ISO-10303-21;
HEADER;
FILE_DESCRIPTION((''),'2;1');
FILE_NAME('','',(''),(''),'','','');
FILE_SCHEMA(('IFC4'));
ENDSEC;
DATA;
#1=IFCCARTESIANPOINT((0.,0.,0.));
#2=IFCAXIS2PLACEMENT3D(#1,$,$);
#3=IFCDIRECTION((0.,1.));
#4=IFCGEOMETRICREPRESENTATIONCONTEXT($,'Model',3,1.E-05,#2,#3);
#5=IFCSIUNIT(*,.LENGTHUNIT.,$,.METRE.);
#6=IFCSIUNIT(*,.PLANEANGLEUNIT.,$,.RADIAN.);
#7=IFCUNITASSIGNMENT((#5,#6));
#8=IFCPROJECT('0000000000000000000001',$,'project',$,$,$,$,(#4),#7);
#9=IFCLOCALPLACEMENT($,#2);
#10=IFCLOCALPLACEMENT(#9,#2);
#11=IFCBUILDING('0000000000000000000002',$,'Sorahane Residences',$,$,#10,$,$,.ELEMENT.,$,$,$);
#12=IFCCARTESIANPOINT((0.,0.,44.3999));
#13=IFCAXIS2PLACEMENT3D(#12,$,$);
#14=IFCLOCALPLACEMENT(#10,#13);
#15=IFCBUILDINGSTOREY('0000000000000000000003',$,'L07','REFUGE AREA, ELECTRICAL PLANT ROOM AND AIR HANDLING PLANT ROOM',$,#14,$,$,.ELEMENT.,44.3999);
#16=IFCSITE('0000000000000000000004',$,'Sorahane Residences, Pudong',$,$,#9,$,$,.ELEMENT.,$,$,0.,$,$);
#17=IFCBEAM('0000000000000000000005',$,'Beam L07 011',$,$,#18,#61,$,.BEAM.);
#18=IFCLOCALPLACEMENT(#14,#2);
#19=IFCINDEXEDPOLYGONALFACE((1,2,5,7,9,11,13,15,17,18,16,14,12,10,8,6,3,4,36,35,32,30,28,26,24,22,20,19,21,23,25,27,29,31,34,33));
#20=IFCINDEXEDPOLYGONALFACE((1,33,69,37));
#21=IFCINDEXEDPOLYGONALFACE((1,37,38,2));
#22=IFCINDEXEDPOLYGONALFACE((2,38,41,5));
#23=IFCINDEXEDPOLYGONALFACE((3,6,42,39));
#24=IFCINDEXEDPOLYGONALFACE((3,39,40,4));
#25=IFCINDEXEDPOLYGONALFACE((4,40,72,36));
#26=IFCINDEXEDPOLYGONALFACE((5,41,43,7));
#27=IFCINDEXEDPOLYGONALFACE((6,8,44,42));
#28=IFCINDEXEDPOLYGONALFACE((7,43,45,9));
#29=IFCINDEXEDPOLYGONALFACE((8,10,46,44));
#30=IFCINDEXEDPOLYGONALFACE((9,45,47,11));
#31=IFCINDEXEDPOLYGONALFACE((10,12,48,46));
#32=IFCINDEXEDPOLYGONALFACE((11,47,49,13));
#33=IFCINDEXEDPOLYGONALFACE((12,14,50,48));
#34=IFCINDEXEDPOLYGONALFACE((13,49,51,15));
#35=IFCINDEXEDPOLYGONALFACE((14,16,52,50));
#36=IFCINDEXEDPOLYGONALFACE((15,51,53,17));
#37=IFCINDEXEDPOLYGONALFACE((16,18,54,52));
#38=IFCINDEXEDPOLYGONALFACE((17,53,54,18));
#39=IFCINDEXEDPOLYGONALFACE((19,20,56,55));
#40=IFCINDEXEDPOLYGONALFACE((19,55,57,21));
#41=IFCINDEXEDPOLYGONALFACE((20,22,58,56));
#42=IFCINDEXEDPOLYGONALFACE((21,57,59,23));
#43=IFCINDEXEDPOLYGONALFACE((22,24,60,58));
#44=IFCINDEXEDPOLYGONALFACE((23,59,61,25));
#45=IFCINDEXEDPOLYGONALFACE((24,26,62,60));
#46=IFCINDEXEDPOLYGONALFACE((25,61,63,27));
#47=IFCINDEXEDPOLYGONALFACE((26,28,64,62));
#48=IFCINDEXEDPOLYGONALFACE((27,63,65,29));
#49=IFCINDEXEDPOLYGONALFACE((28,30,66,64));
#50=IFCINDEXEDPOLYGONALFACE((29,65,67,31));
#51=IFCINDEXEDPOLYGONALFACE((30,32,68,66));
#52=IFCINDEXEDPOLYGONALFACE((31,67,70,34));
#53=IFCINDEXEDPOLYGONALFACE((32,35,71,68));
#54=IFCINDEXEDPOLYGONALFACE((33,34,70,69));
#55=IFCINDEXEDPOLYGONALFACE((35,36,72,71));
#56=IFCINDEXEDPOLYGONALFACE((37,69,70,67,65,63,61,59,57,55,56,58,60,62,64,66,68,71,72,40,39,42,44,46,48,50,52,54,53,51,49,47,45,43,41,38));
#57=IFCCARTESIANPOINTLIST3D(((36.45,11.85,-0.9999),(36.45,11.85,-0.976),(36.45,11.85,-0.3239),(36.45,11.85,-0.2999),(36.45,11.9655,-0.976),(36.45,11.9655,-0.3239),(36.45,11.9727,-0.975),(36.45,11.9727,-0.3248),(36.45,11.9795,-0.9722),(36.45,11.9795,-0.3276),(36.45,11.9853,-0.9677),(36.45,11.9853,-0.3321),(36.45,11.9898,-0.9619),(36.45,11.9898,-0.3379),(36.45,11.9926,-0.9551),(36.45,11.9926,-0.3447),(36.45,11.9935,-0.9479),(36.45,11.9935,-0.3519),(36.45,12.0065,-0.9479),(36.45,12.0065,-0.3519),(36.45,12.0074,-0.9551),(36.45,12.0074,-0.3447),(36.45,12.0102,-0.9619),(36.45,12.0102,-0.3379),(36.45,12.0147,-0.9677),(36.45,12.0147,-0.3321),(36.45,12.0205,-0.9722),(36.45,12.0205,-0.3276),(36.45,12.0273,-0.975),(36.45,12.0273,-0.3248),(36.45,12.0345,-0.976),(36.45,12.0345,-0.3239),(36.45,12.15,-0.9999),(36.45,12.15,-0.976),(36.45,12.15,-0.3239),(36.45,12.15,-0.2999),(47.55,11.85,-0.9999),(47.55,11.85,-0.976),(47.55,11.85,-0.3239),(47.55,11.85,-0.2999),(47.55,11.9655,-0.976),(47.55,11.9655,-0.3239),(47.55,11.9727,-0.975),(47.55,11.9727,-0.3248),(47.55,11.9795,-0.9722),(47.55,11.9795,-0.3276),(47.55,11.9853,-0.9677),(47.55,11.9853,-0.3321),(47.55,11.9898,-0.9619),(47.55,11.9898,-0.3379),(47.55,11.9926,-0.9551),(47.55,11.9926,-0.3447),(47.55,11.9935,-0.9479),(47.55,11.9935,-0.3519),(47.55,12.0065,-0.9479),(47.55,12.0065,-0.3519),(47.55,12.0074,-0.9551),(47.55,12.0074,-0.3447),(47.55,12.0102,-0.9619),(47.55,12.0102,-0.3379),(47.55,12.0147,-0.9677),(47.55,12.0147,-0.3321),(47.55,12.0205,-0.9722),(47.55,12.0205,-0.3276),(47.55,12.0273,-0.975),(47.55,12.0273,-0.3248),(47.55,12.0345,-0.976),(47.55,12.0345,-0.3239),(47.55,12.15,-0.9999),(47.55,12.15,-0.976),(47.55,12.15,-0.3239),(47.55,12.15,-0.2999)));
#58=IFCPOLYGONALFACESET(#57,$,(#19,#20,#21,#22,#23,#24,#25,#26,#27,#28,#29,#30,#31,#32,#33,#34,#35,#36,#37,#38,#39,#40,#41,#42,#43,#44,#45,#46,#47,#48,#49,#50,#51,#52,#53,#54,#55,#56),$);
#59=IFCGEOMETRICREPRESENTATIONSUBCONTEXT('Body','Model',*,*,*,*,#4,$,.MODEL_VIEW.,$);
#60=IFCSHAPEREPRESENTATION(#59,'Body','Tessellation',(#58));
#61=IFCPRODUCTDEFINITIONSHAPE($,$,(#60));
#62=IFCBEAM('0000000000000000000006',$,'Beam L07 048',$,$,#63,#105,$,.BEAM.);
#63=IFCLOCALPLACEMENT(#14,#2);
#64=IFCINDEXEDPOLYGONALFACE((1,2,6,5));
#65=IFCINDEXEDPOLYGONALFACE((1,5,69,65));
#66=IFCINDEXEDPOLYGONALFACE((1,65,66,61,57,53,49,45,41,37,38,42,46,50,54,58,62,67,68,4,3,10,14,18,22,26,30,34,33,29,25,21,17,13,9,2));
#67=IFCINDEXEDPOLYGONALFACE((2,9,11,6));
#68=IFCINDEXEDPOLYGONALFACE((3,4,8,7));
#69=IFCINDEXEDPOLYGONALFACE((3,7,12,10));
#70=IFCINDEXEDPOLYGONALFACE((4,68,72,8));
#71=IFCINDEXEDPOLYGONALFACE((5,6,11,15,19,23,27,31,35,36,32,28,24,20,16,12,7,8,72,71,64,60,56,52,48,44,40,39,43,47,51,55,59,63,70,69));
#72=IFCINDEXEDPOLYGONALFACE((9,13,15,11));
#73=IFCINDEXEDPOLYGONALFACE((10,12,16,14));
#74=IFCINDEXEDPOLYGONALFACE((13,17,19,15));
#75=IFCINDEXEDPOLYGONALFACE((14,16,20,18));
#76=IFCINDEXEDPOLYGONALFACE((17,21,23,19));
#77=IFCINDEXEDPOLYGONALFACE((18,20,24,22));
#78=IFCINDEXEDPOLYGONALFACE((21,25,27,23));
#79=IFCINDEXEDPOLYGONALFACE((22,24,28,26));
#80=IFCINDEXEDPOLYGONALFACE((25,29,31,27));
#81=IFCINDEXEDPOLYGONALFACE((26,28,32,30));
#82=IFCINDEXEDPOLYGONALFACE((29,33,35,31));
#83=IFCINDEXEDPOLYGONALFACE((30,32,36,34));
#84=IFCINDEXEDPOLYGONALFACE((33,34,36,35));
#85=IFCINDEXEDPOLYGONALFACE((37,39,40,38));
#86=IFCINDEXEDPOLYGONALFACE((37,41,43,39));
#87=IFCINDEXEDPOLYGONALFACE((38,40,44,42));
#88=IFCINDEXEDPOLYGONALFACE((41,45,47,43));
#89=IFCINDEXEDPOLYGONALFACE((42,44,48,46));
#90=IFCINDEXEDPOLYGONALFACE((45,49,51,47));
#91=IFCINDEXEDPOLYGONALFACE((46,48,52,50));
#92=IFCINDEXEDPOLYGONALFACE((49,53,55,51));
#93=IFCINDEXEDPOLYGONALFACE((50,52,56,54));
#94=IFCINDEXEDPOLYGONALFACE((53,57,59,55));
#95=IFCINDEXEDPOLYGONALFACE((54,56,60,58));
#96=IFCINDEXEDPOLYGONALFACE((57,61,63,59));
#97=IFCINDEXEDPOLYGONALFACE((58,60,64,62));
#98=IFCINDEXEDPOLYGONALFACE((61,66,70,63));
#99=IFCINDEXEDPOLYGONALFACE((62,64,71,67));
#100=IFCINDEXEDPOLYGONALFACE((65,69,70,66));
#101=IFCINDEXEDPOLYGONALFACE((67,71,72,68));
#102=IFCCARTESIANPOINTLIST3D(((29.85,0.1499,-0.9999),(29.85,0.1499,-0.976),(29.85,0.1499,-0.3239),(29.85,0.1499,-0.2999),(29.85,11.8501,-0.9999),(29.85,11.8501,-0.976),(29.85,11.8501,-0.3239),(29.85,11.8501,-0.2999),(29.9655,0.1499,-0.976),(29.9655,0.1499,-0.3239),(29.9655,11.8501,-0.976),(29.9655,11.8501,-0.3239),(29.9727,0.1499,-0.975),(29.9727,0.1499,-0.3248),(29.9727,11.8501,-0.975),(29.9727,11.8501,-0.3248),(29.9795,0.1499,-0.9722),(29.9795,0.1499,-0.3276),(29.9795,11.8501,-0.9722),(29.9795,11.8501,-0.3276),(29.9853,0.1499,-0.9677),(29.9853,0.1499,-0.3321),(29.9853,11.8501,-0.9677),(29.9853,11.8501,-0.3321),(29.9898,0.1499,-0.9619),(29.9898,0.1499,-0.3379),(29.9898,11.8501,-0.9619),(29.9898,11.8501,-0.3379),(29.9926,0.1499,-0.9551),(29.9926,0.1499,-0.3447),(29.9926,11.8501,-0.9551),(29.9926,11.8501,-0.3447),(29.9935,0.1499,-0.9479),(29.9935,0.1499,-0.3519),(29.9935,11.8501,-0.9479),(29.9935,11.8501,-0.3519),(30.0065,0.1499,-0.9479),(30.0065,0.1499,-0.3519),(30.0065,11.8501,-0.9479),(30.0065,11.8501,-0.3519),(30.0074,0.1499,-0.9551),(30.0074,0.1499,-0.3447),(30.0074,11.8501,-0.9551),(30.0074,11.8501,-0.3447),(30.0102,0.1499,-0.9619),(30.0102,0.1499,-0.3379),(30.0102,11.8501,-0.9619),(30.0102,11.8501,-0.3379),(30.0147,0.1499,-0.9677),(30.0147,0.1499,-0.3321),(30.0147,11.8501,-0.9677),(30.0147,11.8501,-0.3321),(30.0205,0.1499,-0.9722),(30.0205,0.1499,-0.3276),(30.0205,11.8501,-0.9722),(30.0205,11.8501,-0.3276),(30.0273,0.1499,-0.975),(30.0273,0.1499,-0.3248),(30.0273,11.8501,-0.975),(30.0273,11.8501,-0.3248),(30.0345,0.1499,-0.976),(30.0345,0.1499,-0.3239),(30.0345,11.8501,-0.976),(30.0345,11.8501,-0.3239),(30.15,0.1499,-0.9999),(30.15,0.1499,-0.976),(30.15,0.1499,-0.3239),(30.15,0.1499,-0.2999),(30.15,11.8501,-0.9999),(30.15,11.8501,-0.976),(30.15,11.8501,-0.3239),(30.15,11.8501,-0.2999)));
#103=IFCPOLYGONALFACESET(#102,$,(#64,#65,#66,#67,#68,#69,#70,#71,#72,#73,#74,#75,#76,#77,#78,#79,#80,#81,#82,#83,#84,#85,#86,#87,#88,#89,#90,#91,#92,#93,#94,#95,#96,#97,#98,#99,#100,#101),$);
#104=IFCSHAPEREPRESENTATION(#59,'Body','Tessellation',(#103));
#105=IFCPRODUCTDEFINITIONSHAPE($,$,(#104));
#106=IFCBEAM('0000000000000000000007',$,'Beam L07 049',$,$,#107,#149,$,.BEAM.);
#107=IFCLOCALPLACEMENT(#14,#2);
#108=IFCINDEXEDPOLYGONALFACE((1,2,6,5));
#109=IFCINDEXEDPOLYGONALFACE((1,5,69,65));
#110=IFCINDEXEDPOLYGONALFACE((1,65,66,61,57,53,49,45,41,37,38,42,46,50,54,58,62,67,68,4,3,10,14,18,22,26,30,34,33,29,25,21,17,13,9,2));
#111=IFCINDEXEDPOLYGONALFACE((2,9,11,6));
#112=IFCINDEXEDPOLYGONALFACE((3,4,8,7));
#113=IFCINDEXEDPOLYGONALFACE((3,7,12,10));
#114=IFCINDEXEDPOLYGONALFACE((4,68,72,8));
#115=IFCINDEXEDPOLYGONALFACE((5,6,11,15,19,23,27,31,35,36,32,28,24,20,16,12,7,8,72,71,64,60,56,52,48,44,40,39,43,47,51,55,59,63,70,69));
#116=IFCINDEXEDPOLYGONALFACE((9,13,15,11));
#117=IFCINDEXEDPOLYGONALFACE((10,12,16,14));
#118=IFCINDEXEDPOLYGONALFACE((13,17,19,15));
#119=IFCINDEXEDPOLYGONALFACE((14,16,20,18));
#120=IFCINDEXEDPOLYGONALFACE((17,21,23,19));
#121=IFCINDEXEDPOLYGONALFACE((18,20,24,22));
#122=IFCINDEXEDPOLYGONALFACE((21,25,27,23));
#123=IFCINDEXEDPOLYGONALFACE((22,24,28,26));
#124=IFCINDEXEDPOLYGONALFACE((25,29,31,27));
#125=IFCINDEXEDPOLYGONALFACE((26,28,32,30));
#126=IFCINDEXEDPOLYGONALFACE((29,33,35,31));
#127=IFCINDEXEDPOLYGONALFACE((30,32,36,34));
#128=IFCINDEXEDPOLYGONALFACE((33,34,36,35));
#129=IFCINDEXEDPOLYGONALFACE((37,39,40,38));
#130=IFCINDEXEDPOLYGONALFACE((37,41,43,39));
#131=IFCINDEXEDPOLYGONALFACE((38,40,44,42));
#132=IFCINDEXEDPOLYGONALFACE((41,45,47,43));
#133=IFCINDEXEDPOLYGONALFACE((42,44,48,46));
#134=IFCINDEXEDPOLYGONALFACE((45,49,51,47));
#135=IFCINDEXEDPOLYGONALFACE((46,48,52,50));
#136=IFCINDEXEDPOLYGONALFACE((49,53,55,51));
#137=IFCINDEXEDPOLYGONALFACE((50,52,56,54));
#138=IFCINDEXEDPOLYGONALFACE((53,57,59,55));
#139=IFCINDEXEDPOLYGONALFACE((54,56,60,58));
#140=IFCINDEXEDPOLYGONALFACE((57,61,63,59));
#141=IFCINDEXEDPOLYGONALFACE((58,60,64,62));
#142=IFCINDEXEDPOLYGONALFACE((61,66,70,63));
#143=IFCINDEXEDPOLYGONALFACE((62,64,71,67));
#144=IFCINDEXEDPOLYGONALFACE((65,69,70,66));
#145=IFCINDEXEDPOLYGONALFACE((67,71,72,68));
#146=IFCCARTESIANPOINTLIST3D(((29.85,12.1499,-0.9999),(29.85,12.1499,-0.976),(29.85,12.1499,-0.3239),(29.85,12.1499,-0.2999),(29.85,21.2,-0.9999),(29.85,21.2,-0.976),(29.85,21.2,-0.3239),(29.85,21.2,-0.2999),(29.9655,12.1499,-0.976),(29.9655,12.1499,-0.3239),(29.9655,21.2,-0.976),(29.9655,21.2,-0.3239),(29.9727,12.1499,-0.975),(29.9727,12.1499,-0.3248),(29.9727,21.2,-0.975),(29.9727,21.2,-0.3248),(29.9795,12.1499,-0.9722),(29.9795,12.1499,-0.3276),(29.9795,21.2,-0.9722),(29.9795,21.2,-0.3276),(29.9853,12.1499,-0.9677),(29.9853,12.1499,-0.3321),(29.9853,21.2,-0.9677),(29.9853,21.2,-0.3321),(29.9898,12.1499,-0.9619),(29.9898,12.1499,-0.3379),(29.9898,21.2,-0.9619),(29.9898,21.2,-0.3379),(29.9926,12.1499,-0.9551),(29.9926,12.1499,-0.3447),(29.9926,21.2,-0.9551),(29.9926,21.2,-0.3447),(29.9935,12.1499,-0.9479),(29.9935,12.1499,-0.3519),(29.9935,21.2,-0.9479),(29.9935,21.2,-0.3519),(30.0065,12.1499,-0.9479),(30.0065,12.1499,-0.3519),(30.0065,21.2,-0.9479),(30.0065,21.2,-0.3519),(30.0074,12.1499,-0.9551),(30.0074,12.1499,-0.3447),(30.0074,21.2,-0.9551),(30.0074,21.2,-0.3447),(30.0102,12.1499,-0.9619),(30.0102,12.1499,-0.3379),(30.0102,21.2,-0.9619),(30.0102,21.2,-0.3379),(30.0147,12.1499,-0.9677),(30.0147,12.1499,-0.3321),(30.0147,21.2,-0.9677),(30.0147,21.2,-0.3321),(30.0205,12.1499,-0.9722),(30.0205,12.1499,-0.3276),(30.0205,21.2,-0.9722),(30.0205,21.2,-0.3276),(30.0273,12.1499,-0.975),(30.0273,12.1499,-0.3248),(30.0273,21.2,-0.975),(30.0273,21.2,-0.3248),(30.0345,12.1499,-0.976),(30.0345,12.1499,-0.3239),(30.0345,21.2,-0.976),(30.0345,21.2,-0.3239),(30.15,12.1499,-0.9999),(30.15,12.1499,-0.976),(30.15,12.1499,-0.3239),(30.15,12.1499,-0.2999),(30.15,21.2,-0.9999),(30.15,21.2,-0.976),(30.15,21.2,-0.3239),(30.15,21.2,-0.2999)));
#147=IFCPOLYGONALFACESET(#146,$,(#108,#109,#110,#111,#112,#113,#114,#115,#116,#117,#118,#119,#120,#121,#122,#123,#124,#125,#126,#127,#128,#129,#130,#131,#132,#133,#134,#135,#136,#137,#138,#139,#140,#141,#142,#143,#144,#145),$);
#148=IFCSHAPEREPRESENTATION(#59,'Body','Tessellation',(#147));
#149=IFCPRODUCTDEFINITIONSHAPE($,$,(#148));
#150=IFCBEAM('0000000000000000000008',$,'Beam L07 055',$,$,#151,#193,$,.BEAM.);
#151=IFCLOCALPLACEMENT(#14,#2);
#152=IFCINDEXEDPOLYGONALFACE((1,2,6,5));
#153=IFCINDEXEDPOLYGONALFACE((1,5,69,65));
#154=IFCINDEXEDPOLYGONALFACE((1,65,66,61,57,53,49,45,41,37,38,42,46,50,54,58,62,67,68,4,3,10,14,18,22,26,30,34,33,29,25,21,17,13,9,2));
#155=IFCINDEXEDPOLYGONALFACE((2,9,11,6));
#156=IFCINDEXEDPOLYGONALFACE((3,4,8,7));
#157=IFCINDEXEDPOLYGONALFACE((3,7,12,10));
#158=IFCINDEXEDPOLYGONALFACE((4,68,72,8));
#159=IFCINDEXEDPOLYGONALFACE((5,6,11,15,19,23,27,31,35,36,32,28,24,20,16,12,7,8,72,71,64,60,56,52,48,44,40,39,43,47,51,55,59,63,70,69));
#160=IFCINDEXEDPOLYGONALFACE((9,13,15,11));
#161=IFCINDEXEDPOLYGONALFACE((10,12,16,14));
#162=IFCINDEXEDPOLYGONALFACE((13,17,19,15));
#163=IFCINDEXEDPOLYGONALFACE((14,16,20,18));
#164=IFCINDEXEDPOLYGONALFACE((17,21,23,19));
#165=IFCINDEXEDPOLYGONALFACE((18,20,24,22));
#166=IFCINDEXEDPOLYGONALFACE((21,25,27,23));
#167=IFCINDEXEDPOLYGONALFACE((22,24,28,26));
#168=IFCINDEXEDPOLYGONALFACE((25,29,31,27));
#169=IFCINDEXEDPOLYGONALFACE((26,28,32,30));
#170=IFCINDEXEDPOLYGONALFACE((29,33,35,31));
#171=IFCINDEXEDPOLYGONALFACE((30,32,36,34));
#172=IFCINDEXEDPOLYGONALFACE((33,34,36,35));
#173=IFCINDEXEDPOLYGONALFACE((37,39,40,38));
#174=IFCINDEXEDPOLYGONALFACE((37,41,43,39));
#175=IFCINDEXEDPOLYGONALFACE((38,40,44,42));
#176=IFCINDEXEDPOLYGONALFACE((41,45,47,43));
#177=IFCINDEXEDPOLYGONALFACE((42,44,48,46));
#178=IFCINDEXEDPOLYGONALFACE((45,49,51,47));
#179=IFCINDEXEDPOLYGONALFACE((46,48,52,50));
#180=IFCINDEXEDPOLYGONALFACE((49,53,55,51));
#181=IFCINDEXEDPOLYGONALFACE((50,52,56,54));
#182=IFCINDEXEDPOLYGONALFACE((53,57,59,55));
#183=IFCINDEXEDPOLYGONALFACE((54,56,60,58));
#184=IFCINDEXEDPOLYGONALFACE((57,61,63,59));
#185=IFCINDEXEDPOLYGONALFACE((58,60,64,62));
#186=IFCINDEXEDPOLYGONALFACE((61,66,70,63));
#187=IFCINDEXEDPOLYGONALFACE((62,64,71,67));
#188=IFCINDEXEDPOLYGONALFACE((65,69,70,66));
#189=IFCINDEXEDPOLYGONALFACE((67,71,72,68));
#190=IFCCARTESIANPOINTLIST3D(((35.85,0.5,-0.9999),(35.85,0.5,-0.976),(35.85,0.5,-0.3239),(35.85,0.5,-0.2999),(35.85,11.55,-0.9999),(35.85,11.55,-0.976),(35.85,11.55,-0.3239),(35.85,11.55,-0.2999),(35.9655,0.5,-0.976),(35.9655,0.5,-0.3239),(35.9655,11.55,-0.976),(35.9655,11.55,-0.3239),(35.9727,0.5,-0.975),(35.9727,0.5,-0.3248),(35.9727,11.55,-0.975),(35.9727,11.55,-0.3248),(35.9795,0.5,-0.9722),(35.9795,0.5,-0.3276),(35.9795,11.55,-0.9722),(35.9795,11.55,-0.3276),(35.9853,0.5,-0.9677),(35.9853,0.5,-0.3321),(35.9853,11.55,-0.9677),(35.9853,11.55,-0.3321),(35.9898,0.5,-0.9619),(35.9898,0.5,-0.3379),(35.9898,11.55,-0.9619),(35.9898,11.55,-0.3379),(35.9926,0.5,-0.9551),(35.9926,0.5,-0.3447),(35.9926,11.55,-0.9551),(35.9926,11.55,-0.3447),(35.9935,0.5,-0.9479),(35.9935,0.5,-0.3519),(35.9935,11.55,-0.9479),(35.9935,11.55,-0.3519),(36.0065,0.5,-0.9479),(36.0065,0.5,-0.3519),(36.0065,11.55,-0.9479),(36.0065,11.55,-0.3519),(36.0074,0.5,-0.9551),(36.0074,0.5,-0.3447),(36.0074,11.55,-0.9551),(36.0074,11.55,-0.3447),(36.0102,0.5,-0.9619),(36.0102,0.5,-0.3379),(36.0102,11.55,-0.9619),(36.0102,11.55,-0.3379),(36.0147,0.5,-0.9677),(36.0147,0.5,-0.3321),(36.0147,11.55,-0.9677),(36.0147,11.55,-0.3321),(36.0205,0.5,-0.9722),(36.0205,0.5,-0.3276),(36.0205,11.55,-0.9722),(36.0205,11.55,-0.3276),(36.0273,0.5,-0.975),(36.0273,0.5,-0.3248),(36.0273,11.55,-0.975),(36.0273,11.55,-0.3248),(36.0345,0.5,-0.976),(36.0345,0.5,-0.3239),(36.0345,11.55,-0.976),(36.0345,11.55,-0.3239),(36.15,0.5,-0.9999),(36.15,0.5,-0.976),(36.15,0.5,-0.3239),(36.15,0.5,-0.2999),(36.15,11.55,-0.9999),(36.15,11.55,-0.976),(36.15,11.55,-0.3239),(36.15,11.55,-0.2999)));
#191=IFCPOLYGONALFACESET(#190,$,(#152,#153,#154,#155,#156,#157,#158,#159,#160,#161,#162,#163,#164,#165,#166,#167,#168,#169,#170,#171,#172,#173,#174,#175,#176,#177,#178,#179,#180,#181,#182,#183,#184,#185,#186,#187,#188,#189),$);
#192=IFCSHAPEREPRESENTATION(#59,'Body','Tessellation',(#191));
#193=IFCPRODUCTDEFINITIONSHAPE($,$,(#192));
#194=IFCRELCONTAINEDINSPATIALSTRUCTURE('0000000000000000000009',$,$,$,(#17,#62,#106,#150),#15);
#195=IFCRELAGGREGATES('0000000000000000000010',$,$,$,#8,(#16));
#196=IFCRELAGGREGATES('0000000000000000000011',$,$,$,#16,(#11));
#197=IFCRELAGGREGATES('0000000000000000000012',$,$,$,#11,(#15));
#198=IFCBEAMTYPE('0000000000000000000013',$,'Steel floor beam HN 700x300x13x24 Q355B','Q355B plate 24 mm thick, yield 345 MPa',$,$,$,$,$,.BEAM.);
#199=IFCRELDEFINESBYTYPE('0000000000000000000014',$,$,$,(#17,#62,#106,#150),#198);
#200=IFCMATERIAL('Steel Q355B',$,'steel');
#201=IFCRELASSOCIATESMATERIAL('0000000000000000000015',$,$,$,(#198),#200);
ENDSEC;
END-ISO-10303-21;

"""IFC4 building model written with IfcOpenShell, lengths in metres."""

from ifc_helpers import new_model, si_unit, direction, frame, origin, origin_2d, place, context, subcontext, project, spatial, i_section, extrude, material, material_profile, profile_set, type_object, element, save


model = new_model("IFC4")

# Units and contexts
model_context = context("Model", 3, precision=1e-05, world=origin(), true_north=direction((0.0, 1.0)))
body_context = subcontext(model_context, "Body", "Model", "MODEL_VIEW")
ifc_project = project(units=[si_unit("LENGTHUNIT", "METRE"), si_unit("PLANEANGLEUNIT", "RADIAN")], contexts=[model_context])

# Site, building, storey
site_placement = place(None, origin())
site = spatial("IfcSite", under=ifc_project, at=site_placement, Name="Sorahane Residences, Pudong", CompositionType="ELEMENT", RefElevation=0.0)
building_placement = place(site_placement, origin())
building = spatial("IfcBuilding", under=site, at=building_placement, Name="Sorahane Residences", CompositionType="ELEMENT")
storey_placement = place(building_placement, frame((0.0, 0.0, 44.3999)))
storey = spatial("IfcBuildingStorey", under=building, at=storey_placement, Name="L07", Description="REFUGE AREA, ELECTRICAL PLANT ROOM AND AIR HANDLING PLANT ROOM", CompositionType="ELEMENT", Elevation=44.3999)

# Beams
ifc_material_1 = material(Name="Steel Q355B", Category="steel")
ifc_material_profile_1 = material_profile(ifc_material_1, i_section(OverallWidth=0.3, OverallDepth=0.7, WebThickness=0.0129, FlangeThickness=0.0239, FilletRadius=0.0281, at=origin_2d()), Name="HN 700x300x13x24")
ifc_profile_set_1 = profile_set([ifc_material_profile_1], Name="Steel Q355B")
beam_type_1 = type_object("IfcBeamType", Name="Steel floor beam HN 700x300x13x24 Q355B", Description="Q355B plate 24 mm thick, yield 345 MPa", PredefinedType="BEAM", material=ifc_profile_set_1)
beam_1_placement = place(storey_placement, frame((36.45, 12.0, -0.6499), z_axis=(1.0, 0.0, 0.0), x_axis=(0.0, 1.0, 0.0)))
element("IfcBeam", 1, at=beam_1_placement, inside=storey, type_object=beam_type_1, Name="Beam L07 011", PredefinedType="BEAM", context=body_context, shape_type="SweptSolid", body=[
    extrude(i_section(OverallWidth=0.3, OverallDepth=0.7, WebThickness=0.0129, FlangeThickness=0.0239, FilletRadius=0.0281, at=origin_2d()), origin(), (0.0, 0.0, 1.0), 11.1001),
])
beam_2_placement = place(storey_placement, frame((30.0, 0.1499, -0.6499), z_axis=(0.0, 1.0, 0.0), x_axis=(-1.0, 0.0, 0.0)))
element("IfcBeam", 2, at=beam_2_placement, inside=storey, type_object=beam_type_1, Name="Beam L07 048", PredefinedType="BEAM", context=body_context, shape_type="SweptSolid", body=[
    extrude(i_section(OverallWidth=0.3, OverallDepth=0.7, WebThickness=0.0129, FlangeThickness=0.0239, FilletRadius=0.0281, at=origin_2d()), origin(), (0.0, 0.0, 1.0), 11.7002),
])
beam_3_placement = place(storey_placement, frame((30.0, 12.1499, -0.6499), z_axis=(0.0, 1.0, 0.0), x_axis=(-1.0, 0.0, 0.0)))
element("IfcBeam", 3, at=beam_3_placement, inside=storey, type_object=beam_type_1, Name="Beam L07 049", PredefinedType="BEAM", context=body_context, shape_type="SweptSolid", body=[
    extrude(i_section(OverallWidth=0.3, OverallDepth=0.7, WebThickness=0.0129, FlangeThickness=0.0239, FilletRadius=0.0281, at=origin_2d()), origin(), (0.0, 0.0, 1.0), 9.05),
])
beam_4_placement = place(storey_placement, frame((36.0, 0.5, -0.6499), z_axis=(0.0, 1.0, 0.0), x_axis=(-1.0, 0.0, 0.0)))
element("IfcBeam", 4, at=beam_4_placement, inside=storey, type_object=beam_type_1, Name="Beam L07 055", PredefinedType="BEAM", context=body_context, shape_type="SweptSolid", body=[
    extrude(i_section(OverallWidth=0.3, OverallDepth=0.7, WebThickness=0.0129, FlangeThickness=0.0239, FilletRadius=0.0281, at=origin_2d()), origin(), (0.0, 0.0, 1.0), 11.05),
])

save(model, "model.ifc")
